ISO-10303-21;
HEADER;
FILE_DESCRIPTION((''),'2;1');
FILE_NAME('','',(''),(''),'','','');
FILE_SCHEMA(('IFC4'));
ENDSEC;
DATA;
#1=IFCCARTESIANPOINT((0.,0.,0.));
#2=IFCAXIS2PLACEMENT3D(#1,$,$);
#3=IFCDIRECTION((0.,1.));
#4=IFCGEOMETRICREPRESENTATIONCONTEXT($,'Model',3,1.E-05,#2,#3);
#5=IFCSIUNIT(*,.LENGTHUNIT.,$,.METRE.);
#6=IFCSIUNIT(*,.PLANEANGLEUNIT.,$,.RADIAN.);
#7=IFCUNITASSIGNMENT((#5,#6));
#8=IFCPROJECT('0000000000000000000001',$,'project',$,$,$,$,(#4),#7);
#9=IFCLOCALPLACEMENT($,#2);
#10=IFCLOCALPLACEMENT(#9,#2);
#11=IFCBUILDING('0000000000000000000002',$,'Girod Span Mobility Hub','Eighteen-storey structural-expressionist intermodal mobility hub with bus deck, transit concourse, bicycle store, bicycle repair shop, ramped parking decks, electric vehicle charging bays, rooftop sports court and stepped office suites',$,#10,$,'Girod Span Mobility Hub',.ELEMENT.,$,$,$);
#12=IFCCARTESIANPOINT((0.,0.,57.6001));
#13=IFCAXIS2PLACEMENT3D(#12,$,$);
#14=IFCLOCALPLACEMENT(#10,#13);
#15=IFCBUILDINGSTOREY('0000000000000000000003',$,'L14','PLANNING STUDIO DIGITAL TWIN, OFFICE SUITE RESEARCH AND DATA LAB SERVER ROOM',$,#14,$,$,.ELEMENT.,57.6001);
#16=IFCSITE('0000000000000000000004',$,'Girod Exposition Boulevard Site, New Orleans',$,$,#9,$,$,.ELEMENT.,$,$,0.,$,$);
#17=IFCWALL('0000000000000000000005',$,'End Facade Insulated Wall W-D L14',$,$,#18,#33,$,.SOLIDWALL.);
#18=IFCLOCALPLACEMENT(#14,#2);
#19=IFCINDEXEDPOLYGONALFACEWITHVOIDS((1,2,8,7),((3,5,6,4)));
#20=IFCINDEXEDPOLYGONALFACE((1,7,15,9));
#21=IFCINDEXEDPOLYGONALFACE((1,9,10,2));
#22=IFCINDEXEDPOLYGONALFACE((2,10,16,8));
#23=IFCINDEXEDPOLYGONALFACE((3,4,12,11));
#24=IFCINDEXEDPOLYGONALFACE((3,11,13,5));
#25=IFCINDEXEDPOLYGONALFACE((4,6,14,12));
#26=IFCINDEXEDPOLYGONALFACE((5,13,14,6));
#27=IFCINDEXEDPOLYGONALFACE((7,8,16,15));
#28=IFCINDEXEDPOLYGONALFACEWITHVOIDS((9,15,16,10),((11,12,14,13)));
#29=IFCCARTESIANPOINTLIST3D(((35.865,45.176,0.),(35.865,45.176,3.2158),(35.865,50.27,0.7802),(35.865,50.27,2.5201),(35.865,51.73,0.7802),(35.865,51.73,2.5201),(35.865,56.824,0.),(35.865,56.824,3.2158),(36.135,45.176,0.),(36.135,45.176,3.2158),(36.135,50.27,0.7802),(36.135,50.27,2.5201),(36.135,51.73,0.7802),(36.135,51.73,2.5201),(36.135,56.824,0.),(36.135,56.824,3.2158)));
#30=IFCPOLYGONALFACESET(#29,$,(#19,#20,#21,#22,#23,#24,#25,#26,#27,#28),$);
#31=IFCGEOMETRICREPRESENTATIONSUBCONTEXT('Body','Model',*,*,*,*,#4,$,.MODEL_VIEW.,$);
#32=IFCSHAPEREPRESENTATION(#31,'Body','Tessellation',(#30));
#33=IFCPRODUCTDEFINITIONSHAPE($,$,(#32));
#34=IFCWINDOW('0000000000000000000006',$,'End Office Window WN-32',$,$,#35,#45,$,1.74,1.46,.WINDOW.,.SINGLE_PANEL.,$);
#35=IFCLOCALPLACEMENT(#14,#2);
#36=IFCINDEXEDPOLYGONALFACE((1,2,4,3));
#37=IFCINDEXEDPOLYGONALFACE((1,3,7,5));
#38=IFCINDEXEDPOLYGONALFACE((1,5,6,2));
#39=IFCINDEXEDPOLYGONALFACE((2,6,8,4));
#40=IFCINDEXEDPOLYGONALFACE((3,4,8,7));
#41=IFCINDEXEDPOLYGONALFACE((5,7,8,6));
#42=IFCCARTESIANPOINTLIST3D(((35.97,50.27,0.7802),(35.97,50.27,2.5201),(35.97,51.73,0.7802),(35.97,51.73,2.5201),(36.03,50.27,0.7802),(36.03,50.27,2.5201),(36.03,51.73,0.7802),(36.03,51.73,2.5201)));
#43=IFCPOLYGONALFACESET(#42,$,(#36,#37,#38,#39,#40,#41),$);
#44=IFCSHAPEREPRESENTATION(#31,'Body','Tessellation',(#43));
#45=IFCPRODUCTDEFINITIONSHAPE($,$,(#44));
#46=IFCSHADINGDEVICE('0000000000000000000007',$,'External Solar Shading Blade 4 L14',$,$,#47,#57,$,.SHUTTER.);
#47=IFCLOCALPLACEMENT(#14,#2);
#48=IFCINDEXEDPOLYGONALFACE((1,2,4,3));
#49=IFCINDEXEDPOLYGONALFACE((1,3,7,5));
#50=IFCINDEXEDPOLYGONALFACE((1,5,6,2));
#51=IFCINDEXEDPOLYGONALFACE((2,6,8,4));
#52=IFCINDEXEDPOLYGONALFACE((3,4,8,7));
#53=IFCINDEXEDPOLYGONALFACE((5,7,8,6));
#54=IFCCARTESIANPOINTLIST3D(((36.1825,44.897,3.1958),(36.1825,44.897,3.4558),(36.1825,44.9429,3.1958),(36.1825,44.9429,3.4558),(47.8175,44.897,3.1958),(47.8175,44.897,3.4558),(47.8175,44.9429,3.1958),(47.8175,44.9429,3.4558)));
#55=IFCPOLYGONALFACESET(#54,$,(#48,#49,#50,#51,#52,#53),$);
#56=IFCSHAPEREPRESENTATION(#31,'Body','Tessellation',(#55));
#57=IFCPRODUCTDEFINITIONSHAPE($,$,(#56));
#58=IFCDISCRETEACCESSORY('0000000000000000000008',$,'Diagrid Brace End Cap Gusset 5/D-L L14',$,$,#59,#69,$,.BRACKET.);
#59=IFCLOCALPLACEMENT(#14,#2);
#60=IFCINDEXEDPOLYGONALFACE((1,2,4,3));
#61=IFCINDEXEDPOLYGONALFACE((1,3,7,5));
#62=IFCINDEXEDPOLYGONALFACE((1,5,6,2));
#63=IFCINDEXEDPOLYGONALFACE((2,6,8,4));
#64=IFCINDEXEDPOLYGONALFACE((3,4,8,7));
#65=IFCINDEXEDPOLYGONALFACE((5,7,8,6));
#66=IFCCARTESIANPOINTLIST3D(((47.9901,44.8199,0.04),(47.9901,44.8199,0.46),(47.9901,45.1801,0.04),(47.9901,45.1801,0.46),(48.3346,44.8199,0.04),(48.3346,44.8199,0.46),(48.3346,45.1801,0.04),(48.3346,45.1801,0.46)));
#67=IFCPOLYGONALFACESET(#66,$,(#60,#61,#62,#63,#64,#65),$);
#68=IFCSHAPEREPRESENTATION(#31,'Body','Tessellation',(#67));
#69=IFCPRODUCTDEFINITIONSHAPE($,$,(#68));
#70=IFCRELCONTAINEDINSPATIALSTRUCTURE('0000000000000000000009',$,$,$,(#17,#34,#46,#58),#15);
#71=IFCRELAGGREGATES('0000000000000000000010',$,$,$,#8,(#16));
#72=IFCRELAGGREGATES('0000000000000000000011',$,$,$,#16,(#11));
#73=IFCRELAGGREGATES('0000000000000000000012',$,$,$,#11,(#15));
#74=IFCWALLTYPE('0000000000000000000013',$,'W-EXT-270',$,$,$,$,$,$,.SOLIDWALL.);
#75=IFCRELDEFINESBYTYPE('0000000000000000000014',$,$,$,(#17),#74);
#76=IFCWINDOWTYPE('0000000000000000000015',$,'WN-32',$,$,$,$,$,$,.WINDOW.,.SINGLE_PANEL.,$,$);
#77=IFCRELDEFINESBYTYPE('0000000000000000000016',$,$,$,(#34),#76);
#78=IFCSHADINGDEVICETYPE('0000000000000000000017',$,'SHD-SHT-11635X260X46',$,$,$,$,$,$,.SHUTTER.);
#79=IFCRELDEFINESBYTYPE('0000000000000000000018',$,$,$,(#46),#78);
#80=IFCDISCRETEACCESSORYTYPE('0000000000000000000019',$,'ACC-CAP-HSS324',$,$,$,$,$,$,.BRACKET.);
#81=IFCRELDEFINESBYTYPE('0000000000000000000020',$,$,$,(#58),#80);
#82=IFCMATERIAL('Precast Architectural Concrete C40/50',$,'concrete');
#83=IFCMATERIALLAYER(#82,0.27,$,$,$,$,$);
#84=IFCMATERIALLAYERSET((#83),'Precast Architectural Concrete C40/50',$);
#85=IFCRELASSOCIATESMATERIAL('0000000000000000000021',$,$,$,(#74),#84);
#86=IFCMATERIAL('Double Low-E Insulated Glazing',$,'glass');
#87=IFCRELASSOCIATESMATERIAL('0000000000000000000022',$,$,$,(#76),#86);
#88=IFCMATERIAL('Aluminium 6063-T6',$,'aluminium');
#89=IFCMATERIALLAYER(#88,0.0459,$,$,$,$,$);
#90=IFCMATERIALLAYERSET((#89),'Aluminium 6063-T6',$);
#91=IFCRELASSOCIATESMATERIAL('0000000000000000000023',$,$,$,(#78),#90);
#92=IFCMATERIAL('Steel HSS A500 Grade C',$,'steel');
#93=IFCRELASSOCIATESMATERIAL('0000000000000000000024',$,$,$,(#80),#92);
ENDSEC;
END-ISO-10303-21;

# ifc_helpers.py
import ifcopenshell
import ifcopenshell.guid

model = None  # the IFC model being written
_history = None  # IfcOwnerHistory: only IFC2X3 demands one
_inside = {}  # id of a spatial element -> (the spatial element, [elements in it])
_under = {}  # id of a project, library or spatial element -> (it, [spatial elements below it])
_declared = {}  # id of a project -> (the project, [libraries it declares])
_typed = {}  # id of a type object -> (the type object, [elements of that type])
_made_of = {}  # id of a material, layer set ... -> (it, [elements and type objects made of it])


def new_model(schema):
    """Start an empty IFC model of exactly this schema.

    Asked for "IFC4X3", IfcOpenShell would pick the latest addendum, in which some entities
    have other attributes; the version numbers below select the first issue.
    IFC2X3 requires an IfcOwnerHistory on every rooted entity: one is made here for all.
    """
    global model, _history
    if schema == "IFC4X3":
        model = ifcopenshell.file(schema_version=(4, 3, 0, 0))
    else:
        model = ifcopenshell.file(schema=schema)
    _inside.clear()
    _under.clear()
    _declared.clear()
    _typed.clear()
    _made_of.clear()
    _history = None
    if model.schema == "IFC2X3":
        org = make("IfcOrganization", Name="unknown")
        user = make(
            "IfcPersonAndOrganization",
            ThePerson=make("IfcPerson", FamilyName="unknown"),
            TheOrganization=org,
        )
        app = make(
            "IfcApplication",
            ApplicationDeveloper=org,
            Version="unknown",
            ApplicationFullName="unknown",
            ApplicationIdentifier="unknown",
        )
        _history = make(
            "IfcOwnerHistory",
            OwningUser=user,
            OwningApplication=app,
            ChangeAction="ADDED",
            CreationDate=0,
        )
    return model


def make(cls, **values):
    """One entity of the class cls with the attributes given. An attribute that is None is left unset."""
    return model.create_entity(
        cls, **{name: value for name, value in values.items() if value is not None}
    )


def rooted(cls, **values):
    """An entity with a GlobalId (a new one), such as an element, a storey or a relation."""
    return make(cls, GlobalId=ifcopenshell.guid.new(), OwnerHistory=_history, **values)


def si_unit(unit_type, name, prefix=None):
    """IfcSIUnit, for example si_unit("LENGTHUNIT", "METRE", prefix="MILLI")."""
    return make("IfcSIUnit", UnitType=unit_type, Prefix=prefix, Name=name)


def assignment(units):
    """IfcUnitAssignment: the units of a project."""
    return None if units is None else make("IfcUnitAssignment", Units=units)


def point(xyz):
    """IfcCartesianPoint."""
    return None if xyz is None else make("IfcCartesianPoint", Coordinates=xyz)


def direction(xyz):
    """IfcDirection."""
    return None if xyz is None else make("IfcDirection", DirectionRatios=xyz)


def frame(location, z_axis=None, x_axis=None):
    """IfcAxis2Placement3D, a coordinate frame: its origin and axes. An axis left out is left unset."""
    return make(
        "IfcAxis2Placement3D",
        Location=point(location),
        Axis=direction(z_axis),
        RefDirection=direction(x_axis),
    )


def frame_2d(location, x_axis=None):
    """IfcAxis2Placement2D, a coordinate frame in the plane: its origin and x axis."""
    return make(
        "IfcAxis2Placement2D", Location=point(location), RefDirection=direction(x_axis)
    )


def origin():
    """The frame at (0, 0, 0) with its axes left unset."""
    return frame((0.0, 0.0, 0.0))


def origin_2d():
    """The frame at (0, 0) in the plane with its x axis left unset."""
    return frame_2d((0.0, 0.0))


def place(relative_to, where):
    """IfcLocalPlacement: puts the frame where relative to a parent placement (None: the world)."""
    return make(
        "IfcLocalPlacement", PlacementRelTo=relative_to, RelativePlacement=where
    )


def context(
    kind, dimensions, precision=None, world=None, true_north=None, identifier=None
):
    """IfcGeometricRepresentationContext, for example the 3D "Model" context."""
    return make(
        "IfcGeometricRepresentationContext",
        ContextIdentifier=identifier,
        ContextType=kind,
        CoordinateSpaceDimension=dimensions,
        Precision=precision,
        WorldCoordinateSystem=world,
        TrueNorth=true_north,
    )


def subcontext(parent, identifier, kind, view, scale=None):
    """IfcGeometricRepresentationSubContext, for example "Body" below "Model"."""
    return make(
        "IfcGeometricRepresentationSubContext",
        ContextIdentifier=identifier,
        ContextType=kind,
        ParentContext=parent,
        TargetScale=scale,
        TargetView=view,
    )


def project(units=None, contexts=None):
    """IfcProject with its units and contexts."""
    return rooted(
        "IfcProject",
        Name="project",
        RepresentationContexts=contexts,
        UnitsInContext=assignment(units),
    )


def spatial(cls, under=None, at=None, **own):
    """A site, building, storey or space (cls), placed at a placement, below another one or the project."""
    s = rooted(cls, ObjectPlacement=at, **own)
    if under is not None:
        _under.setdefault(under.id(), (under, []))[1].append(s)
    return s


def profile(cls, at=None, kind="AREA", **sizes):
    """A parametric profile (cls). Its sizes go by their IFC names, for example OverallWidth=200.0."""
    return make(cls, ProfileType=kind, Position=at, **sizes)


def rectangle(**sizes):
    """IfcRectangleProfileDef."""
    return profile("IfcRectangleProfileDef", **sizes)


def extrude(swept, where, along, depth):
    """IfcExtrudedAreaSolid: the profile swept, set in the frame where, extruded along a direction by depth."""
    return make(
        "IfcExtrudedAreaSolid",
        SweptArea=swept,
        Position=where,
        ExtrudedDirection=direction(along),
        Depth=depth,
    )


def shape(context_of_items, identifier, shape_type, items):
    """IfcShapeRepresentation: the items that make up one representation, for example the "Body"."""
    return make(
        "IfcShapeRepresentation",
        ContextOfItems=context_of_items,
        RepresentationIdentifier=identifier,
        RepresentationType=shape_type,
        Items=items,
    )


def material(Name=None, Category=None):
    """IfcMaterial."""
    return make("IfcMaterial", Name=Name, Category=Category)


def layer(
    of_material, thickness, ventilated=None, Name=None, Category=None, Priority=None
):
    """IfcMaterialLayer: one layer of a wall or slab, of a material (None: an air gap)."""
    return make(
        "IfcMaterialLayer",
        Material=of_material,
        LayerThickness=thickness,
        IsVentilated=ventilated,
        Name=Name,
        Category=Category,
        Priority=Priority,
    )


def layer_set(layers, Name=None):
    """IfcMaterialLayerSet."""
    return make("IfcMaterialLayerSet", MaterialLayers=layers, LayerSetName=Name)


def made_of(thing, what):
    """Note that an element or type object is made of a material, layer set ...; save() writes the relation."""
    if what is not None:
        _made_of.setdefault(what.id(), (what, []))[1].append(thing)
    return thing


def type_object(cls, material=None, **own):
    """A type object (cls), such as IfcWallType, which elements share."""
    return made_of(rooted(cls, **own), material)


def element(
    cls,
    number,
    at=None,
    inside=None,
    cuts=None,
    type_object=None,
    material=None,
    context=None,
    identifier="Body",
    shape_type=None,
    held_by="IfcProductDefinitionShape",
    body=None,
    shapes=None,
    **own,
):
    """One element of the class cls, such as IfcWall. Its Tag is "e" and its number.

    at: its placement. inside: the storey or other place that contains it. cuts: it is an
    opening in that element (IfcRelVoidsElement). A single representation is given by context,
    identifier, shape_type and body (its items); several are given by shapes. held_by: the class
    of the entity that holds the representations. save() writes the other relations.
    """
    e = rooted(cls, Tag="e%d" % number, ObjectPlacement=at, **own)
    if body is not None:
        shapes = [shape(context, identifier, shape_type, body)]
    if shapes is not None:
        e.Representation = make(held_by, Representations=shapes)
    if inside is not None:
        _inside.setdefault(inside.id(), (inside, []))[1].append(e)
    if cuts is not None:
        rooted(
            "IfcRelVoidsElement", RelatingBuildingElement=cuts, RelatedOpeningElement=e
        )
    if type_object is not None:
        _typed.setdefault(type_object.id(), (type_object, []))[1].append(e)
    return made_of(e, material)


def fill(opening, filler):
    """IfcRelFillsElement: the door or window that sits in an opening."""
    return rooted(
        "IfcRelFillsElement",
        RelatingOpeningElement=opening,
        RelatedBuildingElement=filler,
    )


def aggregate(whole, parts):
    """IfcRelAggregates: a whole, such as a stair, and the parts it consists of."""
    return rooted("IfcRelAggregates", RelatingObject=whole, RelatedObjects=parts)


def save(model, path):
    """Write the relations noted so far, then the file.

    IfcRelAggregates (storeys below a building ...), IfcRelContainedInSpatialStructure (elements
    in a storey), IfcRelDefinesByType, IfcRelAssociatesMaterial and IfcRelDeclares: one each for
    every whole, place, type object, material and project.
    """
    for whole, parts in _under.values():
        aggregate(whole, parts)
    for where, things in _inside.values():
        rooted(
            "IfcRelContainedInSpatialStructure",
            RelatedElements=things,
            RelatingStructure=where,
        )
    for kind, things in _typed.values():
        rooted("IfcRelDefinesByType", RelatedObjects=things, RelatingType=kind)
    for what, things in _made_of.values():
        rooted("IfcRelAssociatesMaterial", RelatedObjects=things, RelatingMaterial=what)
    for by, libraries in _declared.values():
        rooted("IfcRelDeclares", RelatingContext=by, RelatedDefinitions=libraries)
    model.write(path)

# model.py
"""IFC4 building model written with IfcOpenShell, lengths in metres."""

from ifc_helpers import new_model, si_unit, direction, frame, frame_2d, origin, origin_2d, place, context, subcontext, project, spatial, rectangle, extrude, material, layer, layer_set, type_object, element, fill, save


model = new_model("IFC4")

# Units and contexts
model_context = context("Model", 3, precision=1e-05, world=origin(), true_north=direction((0.0, 1.0)))
body_context = subcontext(model_context, "Body", "Model", "MODEL_VIEW")
ifc_project = project(units=[si_unit("LENGTHUNIT", "METRE"), si_unit("PLANEANGLEUNIT", "RADIAN")], contexts=[model_context])

# Site, building, storey
site_placement = place(None, origin())
site = spatial("IfcSite", under=ifc_project, at=site_placement, Name="Girod Exposition Boulevard Site, New Orleans", CompositionType="ELEMENT", RefElevation=0.0)
building_placement = place(site_placement, origin())
building = spatial("IfcBuilding", under=site, at=building_placement, Name="Girod Span Mobility Hub", Description="Eighteen-storey structural-expressionist intermodal mobility hub with bus deck, transit concourse, bicycle store, bicycle repair shop, ramped parking decks, electric vehicle charging bays, rooftop sports court and stepped office suites", LongName="Girod Span Mobility Hub", CompositionType="ELEMENT")
storey_placement = place(building_placement, frame((0.0, 0.0, 57.6001)))
storey = spatial("IfcBuildingStorey", under=building, at=storey_placement, Name="L14", Description="PLANNING STUDIO DIGITAL TWIN, OFFICE SUITE RESEARCH AND DATA LAB SERVER ROOM", CompositionType="ELEMENT", Elevation=57.6001)

# Wall, opening, window
ifc_material_1 = material(Name="Precast Architectural Concrete C40/50", Category="concrete")
ifc_layer_1 = layer(ifc_material_1, 0.27)
ifc_layer_set_1 = layer_set([ifc_layer_1], Name="Precast Architectural Concrete C40/50")
wall_type_1 = type_object("IfcWallType", Name="W-EXT-270", PredefinedType="SOLIDWALL", material=ifc_layer_set_1)
wall_1_placement = place(storey_placement, frame((36.0, 45.176, 0.0), z_axis=(0.0, 0.0, 1.0), x_axis=(0.0, 1.0, 0.0)))
wall_1 = element("IfcWall", 1, at=wall_1_placement, inside=storey, type_object=wall_type_1, Name="End Facade Insulated Wall W-D L14", PredefinedType="SOLIDWALL", context=body_context, shape_type="SweptSolid", body=[
    extrude(rectangle(XDim=11.6479, YDim=0.27, at=frame_2d((5.824, 0.0))), origin(), (0.0, 0.0, 1.0), 3.2158),
])
opening_1_placement = place(wall_1_placement, frame((5.094, 0.0, 0.78)))
opening_1 = element("IfcOpeningElement", 2, at=opening_1_placement, cuts=wall_1, PredefinedType="OPENING", context=body_context, shape_type="SweptSolid", body=[
    extrude(rectangle(XDim=1.46, YDim=1.74, at=frame_2d((0.73, 0.8701))), frame((0.0, 0.1499, 0.0), z_axis=(0.0, -1.0, 0.0), x_axis=(1.0, 0.0, 0.0)), (0.0, 0.0, 1.0), 0.3),
])
ifc_material_2 = material(Name="Double Low-E Insulated Glazing", Category="glass")
window_type_1 = type_object("IfcWindowType", Name="WN-32", PartitioningType="SINGLE_PANEL", PredefinedType="WINDOW", material=ifc_material_2)
window_1_placement = place(opening_1_placement, origin())
window_1 = element("IfcWindow", 3, at=window_1_placement, inside=storey, type_object=window_type_1, Name="End Office Window WN-32", OverallHeight=1.74, OverallWidth=1.46, PartitioningType="SINGLE_PANEL", PredefinedType="WINDOW", context=body_context, shape_type="SweptSolid", body=[
    extrude(rectangle(XDim=1.46, YDim=1.74, at=frame_2d((0.73, 0.8701))), frame((0.0, 0.03, 0.0), z_axis=(0.0, -1.0, 0.0), x_axis=(1.0, 0.0, 0.0)), (0.0, 0.0, 1.0), 0.0601),
])
fill(opening_1, window_1)

# Shading device
ifc_material_3 = material(Name="Aluminium 6063-T6", Category="aluminium")
ifc_layer_2 = layer(ifc_material_3, 0.0459)
ifc_layer_set_2 = layer_set([ifc_layer_2], Name="Aluminium 6063-T6")
shading_device_type = type_object("IfcShadingDeviceType", Name="SHD-SHT-11635X260X46", PredefinedType="SHUTTER", material=ifc_layer_set_2)
shading_device_placement = place(storey_placement, frame((42.0, 44.9199, 3.1958), z_axis=(0.0, 0.0, 1.0), x_axis=(1.0, 0.0, 0.0)))
element("IfcShadingDevice", 4, at=shading_device_placement, inside=storey, type_object=shading_device_type, Name="External Solar Shading Blade 4 L14", PredefinedType="SHUTTER", context=body_context, shape_type="SweptSolid", body=[
    extrude(rectangle(XDim=11.635, YDim=0.0459, at=origin_2d()), origin(), (0.0, 0.0, 1.0), 0.26),
])

# Discrete accessory
ifc_material_4 = material(Name="Steel HSS A500 Grade C", Category="steel")
discrete_accessory_type = type_object("IfcDiscreteAccessoryType", Name="ACC-CAP-HSS324", PredefinedType="BRACKET", material=ifc_material_4)
discrete_accessory_placement = place(storey_placement, frame((48.1624, 45.0, 0.04), z_axis=(0.0, 0.0, 1.0), x_axis=(1.0, 0.0, 0.0)))
element("IfcDiscreteAccessory", 5, at=discrete_accessory_placement, inside=storey, type_object=discrete_accessory_type, Name="Diagrid Brace End Cap Gusset 5/D-L L14", PredefinedType="BRACKET", context=body_context, shape_type="SweptSolid", body=[
    extrude(rectangle(XDim=0.3445, YDim=0.3601, at=origin_2d()), origin(), (0.0, 0.0, 1.0), 0.4199),
])

save(model, "model.ifc")
